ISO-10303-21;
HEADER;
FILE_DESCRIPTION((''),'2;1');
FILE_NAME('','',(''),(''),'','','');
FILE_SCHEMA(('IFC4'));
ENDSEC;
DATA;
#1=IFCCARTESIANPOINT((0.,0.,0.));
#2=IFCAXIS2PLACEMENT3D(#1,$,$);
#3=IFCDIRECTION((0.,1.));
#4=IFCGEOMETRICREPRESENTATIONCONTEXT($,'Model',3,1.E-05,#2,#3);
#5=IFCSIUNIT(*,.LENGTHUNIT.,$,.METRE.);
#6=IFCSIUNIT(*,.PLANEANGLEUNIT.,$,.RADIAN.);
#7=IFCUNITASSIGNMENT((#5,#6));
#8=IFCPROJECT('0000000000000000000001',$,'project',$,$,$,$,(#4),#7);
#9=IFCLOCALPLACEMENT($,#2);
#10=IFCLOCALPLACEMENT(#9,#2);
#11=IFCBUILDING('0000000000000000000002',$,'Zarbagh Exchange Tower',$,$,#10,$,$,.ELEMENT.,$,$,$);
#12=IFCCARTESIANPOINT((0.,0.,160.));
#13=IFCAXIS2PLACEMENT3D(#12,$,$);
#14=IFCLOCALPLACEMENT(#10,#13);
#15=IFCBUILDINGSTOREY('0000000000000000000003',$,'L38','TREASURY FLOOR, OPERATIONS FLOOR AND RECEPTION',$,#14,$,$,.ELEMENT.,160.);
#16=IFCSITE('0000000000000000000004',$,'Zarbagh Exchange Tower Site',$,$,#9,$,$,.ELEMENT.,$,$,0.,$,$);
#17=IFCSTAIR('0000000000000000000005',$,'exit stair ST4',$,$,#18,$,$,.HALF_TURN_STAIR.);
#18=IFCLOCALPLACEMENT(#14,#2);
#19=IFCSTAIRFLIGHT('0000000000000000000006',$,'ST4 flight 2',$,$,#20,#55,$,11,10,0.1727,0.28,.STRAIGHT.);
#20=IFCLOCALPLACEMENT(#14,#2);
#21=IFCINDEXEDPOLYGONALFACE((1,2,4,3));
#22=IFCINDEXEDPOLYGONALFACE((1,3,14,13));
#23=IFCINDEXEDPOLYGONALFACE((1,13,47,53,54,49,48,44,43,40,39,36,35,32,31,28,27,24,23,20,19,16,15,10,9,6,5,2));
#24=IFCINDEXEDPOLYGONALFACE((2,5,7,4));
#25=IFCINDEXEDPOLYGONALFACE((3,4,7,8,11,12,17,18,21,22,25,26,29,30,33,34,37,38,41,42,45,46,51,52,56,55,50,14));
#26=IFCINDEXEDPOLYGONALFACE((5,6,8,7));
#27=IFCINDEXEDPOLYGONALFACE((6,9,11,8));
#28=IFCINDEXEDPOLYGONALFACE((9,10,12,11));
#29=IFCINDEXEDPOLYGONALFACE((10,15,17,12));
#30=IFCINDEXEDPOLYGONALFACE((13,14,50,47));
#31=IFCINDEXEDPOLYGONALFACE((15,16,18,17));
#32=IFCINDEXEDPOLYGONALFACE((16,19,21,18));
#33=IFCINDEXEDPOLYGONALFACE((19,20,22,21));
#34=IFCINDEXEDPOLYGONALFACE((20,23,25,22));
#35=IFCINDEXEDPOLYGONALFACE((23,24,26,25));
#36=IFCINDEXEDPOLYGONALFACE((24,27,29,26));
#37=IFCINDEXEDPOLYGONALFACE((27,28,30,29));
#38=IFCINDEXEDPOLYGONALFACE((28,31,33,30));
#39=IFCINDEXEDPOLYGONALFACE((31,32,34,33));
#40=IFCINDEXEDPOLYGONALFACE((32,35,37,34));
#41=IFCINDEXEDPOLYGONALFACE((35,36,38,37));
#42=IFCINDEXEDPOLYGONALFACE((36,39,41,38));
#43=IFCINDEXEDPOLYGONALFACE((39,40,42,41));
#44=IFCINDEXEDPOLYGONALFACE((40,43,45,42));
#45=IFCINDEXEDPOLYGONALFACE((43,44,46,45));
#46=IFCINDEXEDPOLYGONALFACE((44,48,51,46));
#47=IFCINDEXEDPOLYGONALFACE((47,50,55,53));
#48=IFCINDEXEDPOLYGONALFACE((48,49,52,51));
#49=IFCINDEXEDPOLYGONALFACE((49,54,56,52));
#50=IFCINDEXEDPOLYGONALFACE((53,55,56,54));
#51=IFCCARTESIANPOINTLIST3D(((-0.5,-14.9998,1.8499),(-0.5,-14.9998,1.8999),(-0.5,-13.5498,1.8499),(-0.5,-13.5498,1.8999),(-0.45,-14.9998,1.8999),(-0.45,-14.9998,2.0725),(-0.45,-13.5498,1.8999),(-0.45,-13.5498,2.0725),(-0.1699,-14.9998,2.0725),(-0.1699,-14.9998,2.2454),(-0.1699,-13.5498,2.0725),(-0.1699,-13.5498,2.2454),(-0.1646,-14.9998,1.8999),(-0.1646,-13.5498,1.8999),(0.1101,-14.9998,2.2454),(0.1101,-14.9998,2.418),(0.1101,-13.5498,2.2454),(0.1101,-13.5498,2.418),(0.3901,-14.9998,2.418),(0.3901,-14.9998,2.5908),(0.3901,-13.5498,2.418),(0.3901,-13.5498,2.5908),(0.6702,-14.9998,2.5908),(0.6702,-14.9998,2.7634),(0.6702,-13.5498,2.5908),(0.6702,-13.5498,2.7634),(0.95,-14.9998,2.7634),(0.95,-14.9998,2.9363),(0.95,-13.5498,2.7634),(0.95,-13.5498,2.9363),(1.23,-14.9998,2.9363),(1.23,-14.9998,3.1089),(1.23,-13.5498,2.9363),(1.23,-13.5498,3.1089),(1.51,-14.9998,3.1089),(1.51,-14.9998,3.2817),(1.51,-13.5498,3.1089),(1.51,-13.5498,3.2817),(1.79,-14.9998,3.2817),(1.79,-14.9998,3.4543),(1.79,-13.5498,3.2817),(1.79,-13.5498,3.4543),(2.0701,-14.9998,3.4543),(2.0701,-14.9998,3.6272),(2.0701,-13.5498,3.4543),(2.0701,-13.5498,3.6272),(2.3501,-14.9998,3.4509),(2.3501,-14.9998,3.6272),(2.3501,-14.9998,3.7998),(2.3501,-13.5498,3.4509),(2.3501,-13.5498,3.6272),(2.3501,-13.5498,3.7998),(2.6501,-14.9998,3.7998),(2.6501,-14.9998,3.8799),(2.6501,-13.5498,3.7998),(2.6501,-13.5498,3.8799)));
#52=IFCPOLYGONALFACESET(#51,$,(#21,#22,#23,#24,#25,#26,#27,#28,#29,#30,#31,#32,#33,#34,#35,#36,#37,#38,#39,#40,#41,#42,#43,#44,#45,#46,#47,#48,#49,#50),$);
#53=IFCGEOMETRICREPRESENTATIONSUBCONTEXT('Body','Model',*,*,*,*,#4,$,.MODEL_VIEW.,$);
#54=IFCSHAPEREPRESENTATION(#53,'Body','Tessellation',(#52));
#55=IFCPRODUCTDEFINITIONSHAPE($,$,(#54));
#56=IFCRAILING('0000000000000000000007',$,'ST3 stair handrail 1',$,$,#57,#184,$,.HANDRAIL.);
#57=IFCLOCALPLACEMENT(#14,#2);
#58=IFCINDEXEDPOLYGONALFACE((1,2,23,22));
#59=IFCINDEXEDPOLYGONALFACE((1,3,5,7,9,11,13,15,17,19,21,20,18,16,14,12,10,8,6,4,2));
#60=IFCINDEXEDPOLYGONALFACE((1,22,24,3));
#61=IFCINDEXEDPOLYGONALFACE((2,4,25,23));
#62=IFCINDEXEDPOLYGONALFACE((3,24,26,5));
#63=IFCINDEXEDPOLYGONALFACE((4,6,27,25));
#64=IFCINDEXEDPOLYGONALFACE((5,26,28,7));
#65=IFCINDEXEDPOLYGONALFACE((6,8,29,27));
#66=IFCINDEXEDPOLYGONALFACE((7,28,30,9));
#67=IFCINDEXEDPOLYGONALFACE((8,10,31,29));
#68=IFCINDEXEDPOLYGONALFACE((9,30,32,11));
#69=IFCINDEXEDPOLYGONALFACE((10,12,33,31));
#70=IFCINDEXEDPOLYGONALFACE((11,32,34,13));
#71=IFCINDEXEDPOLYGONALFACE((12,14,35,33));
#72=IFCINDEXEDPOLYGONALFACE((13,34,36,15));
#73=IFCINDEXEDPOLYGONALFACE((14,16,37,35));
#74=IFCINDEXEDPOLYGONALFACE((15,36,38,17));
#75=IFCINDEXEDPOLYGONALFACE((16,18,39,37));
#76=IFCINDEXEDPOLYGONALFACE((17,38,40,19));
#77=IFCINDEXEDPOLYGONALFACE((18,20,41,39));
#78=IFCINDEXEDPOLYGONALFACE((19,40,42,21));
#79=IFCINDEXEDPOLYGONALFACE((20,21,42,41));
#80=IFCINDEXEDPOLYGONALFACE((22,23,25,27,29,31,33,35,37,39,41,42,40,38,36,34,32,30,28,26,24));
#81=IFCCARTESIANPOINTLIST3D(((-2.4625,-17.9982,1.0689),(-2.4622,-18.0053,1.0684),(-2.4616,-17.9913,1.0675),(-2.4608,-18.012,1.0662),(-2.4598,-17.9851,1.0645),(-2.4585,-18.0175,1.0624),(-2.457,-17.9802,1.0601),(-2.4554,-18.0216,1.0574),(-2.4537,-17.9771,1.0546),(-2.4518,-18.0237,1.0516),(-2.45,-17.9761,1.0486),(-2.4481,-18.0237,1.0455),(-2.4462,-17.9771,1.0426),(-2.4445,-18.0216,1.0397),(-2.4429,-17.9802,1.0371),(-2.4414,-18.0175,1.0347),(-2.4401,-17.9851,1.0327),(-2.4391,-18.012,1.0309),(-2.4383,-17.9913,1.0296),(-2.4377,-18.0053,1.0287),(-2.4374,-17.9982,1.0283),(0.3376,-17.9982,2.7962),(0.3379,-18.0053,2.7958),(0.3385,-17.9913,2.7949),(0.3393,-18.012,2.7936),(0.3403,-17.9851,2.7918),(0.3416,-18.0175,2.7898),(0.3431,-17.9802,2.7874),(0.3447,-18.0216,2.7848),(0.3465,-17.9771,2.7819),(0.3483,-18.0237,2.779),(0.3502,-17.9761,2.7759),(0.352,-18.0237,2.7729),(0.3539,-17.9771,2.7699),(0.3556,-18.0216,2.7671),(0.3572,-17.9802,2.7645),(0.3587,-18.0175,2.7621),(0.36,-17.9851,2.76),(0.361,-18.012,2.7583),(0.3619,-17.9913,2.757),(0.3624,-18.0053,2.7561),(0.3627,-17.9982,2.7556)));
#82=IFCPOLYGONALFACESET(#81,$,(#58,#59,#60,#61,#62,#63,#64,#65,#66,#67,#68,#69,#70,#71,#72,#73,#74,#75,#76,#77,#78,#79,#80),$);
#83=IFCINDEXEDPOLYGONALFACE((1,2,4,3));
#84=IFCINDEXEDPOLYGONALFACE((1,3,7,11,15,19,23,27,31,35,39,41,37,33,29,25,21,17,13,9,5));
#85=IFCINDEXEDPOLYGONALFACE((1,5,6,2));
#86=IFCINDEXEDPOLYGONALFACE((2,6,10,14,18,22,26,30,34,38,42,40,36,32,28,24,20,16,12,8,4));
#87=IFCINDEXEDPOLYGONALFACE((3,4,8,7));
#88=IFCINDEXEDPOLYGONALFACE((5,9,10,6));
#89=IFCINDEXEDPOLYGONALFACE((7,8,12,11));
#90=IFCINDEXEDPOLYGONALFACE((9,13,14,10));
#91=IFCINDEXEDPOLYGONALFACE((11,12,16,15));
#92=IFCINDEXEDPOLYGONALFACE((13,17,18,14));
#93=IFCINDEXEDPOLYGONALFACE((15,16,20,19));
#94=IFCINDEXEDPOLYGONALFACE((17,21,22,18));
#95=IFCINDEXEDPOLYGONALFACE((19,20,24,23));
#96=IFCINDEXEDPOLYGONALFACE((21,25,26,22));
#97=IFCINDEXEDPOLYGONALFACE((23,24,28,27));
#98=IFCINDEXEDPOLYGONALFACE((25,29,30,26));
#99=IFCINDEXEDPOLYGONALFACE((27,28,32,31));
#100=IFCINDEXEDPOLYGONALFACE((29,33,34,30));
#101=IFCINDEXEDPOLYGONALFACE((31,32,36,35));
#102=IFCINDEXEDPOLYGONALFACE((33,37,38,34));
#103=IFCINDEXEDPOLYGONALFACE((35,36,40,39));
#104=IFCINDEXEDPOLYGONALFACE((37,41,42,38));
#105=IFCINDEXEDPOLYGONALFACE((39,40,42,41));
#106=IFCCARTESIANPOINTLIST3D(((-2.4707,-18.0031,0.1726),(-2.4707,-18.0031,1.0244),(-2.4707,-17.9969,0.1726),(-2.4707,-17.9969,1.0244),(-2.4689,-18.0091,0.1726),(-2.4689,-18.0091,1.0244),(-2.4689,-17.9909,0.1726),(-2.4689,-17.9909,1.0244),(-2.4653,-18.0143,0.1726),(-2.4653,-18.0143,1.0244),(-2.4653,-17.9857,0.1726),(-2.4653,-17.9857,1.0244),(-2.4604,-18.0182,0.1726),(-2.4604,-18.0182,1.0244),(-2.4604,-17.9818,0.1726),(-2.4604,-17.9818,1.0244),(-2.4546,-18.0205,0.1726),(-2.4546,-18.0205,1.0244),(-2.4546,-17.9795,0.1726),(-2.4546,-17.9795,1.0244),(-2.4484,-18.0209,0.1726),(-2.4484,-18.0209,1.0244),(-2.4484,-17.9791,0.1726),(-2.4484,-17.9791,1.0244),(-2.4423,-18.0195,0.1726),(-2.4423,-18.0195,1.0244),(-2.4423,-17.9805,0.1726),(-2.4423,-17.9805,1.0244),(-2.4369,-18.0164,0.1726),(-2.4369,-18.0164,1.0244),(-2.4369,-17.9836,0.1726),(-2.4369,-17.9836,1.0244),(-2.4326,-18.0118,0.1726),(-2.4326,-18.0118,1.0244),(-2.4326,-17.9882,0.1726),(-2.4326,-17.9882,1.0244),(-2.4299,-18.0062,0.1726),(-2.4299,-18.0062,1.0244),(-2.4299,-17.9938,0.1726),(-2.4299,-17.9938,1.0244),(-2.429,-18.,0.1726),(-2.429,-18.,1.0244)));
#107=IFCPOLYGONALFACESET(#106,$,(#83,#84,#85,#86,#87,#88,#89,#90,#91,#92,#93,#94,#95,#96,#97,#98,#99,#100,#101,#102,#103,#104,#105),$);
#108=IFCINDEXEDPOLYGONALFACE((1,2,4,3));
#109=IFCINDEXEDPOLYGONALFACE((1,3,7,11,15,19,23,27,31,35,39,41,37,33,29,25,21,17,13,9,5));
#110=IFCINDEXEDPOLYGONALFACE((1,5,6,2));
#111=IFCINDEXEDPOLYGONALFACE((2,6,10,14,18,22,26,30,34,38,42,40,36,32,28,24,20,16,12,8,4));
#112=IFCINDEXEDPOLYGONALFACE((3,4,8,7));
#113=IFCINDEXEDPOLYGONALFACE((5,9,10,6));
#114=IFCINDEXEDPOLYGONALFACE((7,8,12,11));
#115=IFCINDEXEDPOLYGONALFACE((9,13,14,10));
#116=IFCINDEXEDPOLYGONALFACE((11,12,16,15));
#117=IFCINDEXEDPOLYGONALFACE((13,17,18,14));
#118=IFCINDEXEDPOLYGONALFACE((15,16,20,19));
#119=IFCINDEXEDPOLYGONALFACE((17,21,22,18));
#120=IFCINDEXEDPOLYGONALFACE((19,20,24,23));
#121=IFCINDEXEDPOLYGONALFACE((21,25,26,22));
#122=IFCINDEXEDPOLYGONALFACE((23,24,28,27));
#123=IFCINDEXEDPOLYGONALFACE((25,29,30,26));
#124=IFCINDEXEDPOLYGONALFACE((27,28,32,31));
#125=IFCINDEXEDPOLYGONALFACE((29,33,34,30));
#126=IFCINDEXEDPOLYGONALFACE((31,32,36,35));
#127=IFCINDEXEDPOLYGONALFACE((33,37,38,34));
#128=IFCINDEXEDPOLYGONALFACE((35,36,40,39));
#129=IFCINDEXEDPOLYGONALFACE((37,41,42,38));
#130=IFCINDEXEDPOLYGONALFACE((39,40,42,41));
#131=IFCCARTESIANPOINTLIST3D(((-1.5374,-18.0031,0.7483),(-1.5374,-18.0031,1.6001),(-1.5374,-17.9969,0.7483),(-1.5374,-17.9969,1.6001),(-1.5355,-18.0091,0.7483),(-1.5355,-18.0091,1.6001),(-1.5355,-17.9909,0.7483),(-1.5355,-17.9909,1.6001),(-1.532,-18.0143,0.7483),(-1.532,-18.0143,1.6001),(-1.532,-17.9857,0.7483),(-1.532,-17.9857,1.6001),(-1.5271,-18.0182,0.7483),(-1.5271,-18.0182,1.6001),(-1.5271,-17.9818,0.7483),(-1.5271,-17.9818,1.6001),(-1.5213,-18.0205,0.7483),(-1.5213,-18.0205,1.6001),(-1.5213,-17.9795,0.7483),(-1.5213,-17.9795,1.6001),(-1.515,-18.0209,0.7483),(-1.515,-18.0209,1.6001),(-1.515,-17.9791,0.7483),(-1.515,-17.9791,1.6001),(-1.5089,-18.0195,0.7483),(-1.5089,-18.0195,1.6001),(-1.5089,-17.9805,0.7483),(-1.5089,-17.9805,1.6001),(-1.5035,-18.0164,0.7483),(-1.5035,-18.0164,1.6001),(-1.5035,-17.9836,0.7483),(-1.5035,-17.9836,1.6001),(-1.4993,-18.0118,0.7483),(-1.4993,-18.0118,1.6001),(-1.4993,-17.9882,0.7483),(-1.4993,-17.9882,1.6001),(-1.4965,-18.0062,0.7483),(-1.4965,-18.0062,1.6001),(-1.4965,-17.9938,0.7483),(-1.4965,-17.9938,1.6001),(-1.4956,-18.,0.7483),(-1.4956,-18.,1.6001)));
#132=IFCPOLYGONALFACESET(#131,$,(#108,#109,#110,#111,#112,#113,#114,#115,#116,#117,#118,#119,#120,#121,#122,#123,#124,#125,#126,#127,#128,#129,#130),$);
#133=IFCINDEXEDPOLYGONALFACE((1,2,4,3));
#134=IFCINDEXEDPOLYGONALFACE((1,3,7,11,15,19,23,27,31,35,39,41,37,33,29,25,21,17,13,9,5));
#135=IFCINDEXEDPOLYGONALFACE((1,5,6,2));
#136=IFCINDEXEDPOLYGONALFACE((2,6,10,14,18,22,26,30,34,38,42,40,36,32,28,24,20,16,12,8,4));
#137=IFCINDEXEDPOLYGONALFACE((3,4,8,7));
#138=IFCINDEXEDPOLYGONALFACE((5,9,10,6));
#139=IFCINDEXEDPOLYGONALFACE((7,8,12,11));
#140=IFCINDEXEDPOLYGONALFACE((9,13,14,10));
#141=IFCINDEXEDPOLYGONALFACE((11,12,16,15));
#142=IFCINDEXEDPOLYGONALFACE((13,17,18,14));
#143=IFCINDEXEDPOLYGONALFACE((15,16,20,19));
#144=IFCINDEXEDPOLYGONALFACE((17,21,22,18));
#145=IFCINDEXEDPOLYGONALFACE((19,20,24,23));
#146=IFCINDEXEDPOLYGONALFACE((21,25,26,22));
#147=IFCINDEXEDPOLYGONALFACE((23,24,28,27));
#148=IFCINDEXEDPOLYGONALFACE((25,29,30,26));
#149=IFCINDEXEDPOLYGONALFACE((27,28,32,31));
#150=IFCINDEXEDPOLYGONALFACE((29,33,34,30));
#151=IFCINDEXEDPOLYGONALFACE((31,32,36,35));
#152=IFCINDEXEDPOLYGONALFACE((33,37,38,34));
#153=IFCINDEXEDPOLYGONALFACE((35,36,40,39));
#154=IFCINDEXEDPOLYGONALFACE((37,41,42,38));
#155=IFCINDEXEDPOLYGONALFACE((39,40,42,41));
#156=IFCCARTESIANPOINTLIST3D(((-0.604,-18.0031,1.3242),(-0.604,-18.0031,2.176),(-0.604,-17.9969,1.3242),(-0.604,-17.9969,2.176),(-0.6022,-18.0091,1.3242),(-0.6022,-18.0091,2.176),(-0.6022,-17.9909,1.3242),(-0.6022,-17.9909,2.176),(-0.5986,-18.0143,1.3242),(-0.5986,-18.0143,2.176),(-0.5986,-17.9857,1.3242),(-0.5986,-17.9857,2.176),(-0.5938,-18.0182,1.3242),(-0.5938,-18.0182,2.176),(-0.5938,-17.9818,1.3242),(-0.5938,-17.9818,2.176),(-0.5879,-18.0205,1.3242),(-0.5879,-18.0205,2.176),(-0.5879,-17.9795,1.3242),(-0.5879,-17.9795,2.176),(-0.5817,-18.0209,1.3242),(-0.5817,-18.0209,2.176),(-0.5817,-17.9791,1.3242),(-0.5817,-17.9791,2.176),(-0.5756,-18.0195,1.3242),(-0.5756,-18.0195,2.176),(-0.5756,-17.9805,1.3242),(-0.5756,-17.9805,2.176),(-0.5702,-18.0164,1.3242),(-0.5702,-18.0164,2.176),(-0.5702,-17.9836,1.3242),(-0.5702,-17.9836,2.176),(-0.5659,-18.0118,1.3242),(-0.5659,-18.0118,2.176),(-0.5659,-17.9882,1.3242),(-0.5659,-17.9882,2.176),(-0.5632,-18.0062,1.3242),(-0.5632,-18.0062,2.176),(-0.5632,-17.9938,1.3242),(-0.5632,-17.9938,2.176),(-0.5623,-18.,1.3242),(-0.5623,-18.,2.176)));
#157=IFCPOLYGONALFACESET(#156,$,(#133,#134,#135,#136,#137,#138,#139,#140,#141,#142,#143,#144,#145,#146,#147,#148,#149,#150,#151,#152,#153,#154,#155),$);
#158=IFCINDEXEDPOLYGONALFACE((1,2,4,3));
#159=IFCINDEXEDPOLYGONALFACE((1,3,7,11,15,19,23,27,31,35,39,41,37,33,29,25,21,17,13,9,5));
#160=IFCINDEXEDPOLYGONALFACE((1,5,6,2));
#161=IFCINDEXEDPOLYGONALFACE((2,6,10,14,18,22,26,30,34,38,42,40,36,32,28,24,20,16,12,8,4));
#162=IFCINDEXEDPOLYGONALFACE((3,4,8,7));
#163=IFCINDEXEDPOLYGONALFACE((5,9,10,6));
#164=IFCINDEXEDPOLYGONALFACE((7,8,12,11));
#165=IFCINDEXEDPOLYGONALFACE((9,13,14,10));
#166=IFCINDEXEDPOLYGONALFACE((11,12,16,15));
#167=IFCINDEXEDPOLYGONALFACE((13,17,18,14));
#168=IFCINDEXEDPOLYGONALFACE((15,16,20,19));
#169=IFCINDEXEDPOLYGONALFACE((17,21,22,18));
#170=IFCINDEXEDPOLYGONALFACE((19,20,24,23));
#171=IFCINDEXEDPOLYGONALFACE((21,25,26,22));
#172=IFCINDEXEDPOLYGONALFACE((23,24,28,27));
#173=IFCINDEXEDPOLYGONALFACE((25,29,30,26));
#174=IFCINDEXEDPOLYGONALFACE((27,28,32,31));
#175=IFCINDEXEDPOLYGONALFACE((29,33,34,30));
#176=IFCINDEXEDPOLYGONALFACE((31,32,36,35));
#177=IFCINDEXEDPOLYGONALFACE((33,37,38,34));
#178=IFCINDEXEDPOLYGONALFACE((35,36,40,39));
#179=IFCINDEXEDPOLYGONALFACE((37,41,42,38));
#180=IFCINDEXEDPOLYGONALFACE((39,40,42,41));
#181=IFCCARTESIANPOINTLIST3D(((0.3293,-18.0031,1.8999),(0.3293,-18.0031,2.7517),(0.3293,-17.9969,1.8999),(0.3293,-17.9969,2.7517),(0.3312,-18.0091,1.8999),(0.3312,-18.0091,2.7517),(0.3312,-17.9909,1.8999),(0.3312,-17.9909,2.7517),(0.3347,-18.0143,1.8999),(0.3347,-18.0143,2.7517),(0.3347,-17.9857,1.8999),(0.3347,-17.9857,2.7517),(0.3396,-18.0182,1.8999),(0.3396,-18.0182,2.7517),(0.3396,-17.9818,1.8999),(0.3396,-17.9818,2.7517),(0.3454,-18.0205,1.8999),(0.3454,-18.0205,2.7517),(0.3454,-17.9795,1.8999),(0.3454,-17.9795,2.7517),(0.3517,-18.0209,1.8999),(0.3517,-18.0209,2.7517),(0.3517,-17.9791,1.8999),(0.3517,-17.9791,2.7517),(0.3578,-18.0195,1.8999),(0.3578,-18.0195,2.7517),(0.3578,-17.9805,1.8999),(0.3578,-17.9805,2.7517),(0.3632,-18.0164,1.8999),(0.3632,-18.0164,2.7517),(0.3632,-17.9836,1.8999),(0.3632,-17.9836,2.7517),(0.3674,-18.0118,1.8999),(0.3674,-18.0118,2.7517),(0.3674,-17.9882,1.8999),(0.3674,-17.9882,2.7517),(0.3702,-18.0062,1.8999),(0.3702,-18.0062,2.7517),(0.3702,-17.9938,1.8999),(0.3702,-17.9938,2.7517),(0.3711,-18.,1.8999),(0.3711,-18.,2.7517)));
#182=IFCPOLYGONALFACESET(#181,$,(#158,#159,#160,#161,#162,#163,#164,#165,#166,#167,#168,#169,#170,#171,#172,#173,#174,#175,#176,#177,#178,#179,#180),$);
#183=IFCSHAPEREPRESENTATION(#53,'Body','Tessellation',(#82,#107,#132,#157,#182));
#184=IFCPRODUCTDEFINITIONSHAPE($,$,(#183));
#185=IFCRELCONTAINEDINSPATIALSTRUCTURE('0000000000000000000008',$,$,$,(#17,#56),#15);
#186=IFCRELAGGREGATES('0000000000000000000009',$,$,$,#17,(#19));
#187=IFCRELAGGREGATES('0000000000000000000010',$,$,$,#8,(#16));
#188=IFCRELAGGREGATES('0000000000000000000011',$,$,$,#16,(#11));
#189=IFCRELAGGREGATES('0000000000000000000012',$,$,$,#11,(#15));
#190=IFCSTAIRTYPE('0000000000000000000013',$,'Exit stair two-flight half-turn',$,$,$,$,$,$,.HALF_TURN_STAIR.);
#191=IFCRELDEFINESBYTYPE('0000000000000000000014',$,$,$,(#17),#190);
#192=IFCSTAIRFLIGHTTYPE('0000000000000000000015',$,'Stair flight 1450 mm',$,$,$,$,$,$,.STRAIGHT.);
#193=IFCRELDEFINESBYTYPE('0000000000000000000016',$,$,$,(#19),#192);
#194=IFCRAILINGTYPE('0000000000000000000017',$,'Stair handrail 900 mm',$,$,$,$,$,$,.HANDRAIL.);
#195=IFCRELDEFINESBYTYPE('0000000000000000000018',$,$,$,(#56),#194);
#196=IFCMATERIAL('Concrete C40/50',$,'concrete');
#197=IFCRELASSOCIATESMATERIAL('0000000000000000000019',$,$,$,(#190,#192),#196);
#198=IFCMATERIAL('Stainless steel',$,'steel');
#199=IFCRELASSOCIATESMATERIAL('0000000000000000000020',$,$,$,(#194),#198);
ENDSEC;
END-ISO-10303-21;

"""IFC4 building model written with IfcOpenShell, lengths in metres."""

from ifc_helpers import new_model, si_unit, direction, frame, origin, origin_2d, place, context, subcontext, project, spatial, polyline, circle, outline, extrude, material, type_object, element, aggregate, save


model = new_model("IFC4")

# Units and contexts
model_context = context("Model", 3, precision=1e-05, world=origin(), true_north=direction((0.0, 1.0)))
body_context = subcontext(model_context, "Body", "Model", "MODEL_VIEW")
ifc_project = project(units=[si_unit("LENGTHUNIT", "METRE"), si_unit("PLANEANGLEUNIT", "RADIAN")], contexts=[model_context])

# Site, building, storey
site_placement = place(None, origin())
site = spatial("IfcSite", under=ifc_project, at=site_placement, Name="Zarbagh Exchange Tower Site", CompositionType="ELEMENT", RefElevation=0.0)
building_placement = place(site_placement, origin())
building = spatial("IfcBuilding", under=site, at=building_placement, Name="Zarbagh Exchange Tower", CompositionType="ELEMENT")
storey_placement = place(building_placement, frame((0.0, 0.0, 160.0)))
storey = spatial("IfcBuildingStorey", under=building, at=storey_placement, Name="L38", Description="TREASURY FLOOR, OPERATIONS FLOOR AND RECEPTION", CompositionType="ELEMENT", Elevation=160.0)

# Shared definitions
ifc_material_1 = material(Name="Concrete C40/50", Category="concrete")

# Shared definitions
ifc_material_2 = material(Name="Stainless steel", Category="steel")

# Stair, stair flight
stair_type = type_object("IfcStairType", Name="Exit stair two-flight half-turn", PredefinedType="HALF_TURN_STAIR", material=ifc_material_1)
stair_1_placement = place(storey_placement, origin())
stair_1 = element("IfcStair", 1, at=stair_1_placement, inside=storey, type_object=stair_type, Name="exit stair ST4", PredefinedType="HALF_TURN_STAIR")
stair_flight_type_1 = type_object("IfcStairFlightType", Name="Stair flight 1450 mm", PredefinedType="STRAIGHT", material=ifc_material_1)
stair_flight_1_placement = place(storey_placement, frame((-0.45, -14.2749, 1.8999), z_axis=(0.0, 0.0, 1.0), x_axis=(1.0, 0.0, 0.0)))
stair_flight_1 = element("IfcStairFlight", 2, at=stair_flight_1_placement, type_object=stair_flight_type_1, Name="ST4 flight 2", NumberOfRisers=11, NumberOfTreads=10, PredefinedType="STRAIGHT", RiserHeight=0.1727, TreadLength=0.28, context=body_context, shape_type="SweptSolid", body=[
    extrude(outline(polyline([(-0.05, -0.05), (-0.05, 0.0), (0.0, 0.0), (0.0, 0.1726), (0.28, 0.1726), (0.28, 0.3455), (0.5601, 0.3455), (0.5601, 0.5181), (0.8401, 0.5181), (0.8401, 0.6909), (1.1201, 0.6909), (1.1201, 0.8635), (1.3999, 0.8635), (1.3999, 1.0364), (1.6799, 1.0364), (1.6799, 1.209), (1.96, 1.209), (1.96, 1.3818), (2.24, 1.3818), (2.24, 1.5544), (2.52, 1.5544), (2.52, 1.7273), (2.8, 1.7273), (2.8, 1.8999), (3.1001, 1.98), (3.1001, 1.8999), (2.8, 1.551), (0.2854, 0.0), (-0.05, -0.05)])), frame((0.0, 0.7251, 0.0), z_axis=(0.0, -1.0, 0.0), x_axis=(1.0, 0.0, 0.0)), (0.0, 0.0, 1.0), 1.45),
])
aggregate(stair_1, [stair_flight_1])

# Railing
railing_type_1 = type_object("IfcRailingType", Name="Stair handrail 900 mm", PredefinedType="HANDRAIL", material=ifc_material_2)
for number, where, name in (
    (3, (-2.45, -18.0, 0.1726), "ST3 stair handrail 1"),
):
    element("IfcRailing", number, at=place(storey_placement, frame(where)), inside=storey, type_object=railing_type_1, Name=name, PredefinedType="HANDRAIL", context=body_context, shape_type="SweptSolid", body=[
        extrude(circle(Radius=0.0239, at=origin_2d()), frame((0.0, 0.0, 0.876), z_axis=(0.85109, 0.0, 0.52502), x_axis=(0.0, 1.0, 0.0)), (0.0, 0.0, 1.0), 3.29),
        extrude(circle(Radius=0.021, at=origin_2d()), origin(), (0.0, 0.0, 1.0), 0.8518),
        extrude(circle(Radius=0.021, at=origin_2d()), frame((0.9333, 0.0, 0.5757)), (0.0, 0.0, 1.0), 0.8518),
        extrude(circle(Radius=0.021, at=origin_2d()), frame((1.8667, 0.0, 1.1516)), (0.0, 0.0, 1.0), 0.8518),
        extrude(circle(Radius=0.021, at=origin_2d()), frame((2.8, 0.0, 1.7273)), (0.0, 0.0, 1.0), 0.8518),
    ])

save(model, "model.ifc")
